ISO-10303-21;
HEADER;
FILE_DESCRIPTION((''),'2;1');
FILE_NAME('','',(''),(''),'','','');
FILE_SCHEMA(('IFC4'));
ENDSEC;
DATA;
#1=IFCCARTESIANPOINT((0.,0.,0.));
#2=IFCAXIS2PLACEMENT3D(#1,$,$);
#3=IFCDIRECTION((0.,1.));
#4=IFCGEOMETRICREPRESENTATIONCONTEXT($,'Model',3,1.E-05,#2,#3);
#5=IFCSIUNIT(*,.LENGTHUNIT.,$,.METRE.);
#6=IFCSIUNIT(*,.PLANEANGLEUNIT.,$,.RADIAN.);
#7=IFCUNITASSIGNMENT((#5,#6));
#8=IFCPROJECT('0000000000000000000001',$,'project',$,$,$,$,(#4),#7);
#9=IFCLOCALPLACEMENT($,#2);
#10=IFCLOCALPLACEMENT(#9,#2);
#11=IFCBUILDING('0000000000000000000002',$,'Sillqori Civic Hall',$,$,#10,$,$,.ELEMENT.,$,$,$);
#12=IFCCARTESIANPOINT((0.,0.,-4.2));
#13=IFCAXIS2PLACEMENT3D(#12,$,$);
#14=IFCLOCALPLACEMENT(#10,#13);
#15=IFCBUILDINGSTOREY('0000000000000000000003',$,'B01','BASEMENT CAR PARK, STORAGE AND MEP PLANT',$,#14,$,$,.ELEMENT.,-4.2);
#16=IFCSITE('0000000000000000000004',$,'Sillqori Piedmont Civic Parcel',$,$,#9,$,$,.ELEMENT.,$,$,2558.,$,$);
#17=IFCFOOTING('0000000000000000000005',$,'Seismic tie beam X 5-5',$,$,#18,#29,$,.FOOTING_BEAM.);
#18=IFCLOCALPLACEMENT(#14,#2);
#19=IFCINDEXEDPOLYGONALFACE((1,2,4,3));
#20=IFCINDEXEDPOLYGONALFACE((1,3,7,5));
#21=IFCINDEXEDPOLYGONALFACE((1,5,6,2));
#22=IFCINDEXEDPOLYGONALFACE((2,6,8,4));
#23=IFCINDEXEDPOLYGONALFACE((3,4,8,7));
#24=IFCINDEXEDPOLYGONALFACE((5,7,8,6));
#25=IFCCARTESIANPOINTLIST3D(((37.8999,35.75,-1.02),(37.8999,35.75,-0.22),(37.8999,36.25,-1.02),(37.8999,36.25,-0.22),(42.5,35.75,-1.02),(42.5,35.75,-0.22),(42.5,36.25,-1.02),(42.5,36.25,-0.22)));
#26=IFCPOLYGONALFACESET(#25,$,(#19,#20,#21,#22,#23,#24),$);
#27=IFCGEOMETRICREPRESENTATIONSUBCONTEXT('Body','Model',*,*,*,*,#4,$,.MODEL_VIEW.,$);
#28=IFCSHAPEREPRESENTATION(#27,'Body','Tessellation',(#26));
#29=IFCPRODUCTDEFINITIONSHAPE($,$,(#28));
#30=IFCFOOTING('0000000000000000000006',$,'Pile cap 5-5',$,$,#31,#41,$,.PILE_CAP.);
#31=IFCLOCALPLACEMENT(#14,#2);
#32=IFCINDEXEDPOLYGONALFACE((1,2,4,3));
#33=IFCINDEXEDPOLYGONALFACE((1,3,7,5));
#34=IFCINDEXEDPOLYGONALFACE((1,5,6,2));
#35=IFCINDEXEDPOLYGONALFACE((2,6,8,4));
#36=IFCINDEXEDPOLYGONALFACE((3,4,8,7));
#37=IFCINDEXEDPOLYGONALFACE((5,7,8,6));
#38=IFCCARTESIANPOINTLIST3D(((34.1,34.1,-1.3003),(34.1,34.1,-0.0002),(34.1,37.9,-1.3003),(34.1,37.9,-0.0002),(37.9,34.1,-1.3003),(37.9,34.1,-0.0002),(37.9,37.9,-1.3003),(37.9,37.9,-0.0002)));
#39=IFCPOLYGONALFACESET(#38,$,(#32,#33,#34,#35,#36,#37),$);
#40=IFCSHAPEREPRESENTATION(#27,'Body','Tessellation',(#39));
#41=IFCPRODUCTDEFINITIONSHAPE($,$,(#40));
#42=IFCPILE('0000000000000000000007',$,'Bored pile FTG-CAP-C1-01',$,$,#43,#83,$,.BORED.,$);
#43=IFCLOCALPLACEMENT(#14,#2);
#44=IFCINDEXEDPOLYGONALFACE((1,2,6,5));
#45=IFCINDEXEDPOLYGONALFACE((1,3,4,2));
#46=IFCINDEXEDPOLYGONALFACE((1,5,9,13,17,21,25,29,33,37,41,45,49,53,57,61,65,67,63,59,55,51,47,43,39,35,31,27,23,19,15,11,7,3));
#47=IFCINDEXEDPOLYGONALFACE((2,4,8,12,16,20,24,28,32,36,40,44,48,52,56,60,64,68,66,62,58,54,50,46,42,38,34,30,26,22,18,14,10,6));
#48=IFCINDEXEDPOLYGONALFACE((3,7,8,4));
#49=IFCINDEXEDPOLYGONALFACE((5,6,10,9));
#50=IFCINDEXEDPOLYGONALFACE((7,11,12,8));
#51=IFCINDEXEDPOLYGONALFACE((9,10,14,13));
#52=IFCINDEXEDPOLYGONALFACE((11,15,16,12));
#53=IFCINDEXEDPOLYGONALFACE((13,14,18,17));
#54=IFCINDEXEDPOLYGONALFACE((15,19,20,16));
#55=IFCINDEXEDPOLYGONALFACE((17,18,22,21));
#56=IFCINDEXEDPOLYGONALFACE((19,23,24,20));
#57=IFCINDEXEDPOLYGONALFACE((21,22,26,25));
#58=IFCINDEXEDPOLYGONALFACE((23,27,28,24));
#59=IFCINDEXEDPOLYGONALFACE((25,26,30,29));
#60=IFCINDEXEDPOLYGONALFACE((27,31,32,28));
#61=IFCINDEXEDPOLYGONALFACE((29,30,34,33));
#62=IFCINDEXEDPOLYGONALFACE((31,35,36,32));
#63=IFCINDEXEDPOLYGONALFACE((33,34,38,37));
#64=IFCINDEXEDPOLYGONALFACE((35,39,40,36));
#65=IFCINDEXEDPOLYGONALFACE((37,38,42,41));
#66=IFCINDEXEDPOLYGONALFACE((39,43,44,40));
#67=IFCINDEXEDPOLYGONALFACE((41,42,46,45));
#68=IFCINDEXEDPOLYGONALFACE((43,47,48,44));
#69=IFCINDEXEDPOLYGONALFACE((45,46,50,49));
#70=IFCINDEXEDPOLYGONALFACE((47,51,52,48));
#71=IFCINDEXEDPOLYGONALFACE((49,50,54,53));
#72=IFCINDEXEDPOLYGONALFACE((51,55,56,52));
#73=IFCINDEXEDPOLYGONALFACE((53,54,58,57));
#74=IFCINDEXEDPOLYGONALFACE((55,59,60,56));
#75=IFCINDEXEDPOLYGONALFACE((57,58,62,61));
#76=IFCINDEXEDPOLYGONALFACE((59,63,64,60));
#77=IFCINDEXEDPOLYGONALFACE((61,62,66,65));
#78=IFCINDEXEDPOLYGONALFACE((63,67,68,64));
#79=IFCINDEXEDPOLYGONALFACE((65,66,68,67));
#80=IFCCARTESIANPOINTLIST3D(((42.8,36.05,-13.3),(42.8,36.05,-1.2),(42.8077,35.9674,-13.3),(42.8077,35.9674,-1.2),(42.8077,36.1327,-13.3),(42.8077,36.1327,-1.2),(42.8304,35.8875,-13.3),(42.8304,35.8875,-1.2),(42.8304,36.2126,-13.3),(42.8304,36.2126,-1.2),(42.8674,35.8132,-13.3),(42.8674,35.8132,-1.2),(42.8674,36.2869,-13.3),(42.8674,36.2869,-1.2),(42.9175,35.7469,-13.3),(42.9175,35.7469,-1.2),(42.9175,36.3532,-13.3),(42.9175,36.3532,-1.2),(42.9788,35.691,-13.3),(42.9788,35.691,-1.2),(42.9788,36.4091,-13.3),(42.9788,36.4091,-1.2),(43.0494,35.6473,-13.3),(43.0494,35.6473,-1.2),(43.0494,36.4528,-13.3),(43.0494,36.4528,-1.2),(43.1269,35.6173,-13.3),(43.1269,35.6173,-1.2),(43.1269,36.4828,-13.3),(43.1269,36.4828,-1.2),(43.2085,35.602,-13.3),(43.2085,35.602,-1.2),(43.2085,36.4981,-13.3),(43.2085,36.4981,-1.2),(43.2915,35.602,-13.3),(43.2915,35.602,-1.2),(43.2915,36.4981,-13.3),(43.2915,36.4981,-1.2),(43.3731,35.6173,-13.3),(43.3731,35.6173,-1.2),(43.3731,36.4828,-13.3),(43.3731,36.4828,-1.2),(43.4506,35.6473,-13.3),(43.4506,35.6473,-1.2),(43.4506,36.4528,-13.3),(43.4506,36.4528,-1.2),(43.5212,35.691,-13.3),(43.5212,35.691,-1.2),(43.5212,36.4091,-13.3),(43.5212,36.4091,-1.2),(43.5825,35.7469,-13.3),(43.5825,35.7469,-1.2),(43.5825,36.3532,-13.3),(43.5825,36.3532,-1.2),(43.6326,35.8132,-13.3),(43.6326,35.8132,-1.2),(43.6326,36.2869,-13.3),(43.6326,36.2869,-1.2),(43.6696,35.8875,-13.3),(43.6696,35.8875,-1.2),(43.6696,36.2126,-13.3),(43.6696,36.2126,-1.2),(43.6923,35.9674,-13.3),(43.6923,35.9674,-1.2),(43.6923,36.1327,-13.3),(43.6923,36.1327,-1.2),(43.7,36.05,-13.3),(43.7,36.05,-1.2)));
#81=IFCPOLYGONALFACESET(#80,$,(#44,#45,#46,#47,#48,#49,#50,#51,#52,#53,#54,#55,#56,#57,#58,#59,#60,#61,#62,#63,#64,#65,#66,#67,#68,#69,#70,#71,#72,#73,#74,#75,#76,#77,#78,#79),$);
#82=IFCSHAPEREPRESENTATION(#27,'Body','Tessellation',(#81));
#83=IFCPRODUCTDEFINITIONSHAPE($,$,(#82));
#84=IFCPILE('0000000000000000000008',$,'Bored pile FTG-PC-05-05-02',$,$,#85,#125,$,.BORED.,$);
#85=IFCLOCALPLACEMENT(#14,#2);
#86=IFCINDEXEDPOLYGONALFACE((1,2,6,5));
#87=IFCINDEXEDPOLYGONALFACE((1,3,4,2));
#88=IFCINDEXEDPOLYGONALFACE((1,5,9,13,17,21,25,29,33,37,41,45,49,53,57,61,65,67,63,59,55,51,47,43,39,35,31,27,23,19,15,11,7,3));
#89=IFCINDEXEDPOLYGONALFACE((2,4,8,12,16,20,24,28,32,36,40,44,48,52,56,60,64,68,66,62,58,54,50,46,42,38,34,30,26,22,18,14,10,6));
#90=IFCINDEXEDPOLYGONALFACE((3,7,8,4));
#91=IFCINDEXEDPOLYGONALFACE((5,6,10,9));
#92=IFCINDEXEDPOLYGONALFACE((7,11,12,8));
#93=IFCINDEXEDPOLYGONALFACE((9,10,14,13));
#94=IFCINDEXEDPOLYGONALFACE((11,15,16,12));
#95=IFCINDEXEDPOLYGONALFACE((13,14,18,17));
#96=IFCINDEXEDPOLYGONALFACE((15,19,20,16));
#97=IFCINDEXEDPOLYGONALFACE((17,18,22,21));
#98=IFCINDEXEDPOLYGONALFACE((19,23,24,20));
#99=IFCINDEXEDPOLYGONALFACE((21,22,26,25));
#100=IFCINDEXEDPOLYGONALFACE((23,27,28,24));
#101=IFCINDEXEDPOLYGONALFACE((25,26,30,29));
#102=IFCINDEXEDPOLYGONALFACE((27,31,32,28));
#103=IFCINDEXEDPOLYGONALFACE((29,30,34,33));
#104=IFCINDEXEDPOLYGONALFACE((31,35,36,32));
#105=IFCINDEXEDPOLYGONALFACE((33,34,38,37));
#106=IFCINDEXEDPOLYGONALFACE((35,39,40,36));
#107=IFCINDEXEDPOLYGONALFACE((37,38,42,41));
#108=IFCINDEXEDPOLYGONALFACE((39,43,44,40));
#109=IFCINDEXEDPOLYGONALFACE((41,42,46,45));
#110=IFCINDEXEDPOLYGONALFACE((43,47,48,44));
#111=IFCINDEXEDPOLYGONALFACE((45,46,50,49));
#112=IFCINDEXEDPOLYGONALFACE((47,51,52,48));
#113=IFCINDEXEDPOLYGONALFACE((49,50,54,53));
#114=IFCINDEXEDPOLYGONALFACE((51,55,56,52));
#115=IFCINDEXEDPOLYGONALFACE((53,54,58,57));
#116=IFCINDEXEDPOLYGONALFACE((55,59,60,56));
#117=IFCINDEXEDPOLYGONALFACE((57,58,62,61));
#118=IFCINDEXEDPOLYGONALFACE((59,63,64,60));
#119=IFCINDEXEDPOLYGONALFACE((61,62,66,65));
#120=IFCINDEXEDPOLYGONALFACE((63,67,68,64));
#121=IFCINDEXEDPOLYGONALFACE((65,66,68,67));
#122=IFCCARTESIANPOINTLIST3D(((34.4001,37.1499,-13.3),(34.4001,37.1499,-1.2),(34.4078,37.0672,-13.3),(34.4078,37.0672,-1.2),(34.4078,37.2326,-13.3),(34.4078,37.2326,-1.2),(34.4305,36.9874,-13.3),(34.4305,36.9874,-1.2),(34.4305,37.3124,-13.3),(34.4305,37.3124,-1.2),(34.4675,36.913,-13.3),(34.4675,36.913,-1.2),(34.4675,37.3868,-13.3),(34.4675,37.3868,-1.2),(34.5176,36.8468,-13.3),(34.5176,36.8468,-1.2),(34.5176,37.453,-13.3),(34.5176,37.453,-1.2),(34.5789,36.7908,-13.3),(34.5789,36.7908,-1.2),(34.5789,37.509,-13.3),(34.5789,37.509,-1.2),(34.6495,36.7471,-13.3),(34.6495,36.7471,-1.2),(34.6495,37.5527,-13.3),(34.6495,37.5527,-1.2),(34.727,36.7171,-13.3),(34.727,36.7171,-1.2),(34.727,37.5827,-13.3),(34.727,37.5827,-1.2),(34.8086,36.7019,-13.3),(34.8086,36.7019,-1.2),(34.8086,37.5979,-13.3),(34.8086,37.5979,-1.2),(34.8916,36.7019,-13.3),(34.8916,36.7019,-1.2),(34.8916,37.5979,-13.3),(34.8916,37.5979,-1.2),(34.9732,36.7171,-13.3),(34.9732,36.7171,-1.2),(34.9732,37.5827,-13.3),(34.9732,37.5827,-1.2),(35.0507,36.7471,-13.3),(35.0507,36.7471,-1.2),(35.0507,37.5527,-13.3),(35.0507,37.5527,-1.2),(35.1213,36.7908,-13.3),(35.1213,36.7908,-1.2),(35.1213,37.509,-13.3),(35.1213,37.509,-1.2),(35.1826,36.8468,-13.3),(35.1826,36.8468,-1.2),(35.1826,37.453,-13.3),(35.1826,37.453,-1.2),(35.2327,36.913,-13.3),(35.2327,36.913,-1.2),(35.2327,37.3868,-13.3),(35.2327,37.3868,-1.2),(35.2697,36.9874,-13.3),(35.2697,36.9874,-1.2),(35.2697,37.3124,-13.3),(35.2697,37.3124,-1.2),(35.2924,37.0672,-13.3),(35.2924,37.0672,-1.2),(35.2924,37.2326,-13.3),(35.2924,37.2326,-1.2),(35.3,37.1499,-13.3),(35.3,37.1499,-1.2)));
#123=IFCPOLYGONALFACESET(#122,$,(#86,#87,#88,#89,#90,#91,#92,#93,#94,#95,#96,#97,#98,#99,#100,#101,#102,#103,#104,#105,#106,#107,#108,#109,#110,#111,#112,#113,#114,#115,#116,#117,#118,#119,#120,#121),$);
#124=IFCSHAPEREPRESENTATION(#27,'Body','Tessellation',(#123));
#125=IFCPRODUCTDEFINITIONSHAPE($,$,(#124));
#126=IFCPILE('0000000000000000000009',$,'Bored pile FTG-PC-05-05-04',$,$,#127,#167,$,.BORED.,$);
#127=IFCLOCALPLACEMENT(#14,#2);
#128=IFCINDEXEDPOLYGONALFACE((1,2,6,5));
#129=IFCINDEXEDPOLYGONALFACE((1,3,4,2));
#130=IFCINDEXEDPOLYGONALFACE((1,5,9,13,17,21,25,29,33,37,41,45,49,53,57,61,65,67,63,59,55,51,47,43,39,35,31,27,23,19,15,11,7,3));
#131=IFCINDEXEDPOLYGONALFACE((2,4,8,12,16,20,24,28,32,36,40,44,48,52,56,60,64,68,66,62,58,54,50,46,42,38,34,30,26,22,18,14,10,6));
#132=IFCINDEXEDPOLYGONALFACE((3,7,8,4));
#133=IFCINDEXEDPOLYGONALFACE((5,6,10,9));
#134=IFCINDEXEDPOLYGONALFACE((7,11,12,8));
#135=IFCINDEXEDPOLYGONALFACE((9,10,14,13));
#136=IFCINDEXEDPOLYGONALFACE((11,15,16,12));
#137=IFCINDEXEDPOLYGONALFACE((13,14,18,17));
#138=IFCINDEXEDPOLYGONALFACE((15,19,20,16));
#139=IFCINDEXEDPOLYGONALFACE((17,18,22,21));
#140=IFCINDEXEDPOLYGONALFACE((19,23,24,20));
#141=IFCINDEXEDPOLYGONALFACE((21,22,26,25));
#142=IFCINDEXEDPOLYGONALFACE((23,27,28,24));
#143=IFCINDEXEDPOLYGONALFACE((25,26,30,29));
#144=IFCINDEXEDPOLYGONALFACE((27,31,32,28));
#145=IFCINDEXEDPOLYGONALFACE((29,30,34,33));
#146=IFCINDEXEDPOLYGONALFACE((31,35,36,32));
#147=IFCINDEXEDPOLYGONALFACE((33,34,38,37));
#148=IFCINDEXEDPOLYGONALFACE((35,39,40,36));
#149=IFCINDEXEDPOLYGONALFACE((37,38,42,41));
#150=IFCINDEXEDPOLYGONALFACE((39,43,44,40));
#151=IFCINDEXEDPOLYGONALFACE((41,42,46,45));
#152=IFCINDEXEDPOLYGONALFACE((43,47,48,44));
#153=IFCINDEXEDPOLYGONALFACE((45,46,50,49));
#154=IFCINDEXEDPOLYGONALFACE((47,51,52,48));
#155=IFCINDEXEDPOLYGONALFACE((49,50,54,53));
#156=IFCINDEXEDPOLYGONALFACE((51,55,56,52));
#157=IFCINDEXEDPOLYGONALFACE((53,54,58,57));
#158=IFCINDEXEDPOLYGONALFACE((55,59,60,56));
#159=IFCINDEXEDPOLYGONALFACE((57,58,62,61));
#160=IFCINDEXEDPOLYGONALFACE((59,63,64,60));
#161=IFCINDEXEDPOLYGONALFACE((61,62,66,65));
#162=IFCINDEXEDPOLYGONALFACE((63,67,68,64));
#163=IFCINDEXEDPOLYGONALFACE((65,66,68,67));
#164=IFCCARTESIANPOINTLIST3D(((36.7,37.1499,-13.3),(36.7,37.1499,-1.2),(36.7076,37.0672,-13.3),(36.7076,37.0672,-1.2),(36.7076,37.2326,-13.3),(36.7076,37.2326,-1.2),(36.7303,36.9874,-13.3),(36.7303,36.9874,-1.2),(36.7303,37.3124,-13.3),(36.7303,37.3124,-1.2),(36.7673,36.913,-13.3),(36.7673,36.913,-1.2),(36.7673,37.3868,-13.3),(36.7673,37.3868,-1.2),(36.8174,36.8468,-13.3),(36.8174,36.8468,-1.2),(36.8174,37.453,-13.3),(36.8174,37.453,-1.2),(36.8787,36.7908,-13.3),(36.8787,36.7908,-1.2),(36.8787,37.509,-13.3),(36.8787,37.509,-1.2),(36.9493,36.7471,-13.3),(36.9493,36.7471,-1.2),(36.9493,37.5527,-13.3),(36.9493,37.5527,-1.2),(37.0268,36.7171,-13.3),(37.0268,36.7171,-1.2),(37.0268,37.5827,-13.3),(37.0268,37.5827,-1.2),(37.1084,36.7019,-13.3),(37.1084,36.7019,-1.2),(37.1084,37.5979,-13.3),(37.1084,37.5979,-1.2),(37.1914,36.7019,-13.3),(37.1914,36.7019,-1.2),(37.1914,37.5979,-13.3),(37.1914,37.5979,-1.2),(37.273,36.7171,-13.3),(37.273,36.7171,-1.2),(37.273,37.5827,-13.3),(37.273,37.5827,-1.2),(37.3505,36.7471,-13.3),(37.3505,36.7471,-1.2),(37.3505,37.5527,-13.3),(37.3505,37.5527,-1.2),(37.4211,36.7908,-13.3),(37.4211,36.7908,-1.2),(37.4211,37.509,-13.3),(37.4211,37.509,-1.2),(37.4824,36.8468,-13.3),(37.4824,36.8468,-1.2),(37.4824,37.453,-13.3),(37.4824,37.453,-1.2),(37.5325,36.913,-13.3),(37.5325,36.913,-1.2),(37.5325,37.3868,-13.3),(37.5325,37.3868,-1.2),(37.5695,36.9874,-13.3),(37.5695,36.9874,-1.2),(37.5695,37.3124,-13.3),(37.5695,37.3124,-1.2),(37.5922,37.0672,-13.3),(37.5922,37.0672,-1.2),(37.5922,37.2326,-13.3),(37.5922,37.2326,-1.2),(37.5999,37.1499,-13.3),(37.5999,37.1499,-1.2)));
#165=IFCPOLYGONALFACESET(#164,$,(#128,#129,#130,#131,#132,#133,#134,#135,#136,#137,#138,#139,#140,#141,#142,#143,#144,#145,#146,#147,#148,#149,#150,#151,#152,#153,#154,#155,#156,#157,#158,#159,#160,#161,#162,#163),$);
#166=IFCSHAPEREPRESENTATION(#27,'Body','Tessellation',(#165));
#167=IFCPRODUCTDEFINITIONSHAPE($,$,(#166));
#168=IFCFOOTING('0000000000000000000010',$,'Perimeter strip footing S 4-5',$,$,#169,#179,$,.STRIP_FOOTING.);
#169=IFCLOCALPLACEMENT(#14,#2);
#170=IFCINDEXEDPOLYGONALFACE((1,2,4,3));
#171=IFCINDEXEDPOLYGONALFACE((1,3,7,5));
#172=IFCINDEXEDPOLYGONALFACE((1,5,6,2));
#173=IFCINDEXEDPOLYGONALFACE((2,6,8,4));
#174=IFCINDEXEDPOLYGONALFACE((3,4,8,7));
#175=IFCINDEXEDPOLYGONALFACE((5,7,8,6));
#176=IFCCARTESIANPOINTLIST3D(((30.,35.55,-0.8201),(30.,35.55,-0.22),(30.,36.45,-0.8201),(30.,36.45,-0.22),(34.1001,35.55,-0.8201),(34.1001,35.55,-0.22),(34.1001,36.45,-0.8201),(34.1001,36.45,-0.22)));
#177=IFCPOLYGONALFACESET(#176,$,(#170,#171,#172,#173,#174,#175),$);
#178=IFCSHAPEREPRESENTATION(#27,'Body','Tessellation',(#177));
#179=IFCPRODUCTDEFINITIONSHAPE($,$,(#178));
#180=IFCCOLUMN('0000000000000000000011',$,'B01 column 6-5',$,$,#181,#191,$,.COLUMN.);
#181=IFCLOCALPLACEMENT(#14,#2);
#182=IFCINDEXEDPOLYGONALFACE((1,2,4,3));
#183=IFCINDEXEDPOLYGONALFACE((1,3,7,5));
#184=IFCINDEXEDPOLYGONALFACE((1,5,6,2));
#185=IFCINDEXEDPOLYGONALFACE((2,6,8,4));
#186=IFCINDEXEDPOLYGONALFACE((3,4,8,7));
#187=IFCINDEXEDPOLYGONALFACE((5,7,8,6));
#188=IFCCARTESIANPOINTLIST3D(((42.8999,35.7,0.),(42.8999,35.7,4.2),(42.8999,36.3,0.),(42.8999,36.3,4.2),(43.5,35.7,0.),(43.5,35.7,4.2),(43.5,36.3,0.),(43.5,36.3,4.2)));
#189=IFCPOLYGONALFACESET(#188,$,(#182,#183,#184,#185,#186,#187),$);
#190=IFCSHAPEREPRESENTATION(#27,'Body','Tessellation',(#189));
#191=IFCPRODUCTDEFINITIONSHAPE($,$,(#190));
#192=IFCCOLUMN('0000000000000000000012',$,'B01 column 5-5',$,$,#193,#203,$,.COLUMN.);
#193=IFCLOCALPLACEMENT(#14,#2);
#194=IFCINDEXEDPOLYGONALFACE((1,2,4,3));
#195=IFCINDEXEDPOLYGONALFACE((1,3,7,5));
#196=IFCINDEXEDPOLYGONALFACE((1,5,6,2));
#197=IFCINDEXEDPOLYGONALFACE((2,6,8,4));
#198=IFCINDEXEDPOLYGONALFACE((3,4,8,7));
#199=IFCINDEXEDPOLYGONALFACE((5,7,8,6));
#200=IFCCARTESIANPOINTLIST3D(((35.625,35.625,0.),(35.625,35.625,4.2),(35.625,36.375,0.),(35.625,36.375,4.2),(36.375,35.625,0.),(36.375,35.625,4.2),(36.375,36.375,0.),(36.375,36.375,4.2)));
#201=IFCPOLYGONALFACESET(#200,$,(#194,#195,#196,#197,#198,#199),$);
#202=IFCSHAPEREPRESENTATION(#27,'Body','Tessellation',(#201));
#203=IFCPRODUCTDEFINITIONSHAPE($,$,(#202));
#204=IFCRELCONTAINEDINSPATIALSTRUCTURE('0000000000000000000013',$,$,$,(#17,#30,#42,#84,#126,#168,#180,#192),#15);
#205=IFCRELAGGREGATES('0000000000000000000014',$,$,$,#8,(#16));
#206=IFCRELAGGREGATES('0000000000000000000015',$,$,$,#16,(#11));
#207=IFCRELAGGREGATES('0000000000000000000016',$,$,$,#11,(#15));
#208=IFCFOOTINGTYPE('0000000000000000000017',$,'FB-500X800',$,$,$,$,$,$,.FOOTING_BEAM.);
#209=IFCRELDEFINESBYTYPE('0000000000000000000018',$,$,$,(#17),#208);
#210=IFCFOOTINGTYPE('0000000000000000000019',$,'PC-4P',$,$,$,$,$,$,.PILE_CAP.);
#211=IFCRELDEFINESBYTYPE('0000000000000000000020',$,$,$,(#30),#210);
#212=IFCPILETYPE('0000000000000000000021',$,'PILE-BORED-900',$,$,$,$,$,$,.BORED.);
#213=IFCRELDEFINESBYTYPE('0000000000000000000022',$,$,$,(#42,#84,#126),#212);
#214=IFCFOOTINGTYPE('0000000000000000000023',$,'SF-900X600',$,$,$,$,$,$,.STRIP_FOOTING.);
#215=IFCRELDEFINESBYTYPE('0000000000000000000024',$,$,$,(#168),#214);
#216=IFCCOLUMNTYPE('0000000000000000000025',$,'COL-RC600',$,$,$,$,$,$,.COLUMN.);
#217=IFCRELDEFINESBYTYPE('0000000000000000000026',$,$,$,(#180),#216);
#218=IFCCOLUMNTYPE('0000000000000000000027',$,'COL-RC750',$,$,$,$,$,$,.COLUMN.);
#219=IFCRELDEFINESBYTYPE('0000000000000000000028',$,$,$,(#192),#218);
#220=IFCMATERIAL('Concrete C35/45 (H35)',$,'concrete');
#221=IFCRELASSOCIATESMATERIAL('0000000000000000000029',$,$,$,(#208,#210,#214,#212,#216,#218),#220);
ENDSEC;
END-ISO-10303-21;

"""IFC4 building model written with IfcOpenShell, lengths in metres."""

from ifc_helpers import new_model, si_unit, direction, frame, origin, origin_2d, place, context, subcontext, project, spatial, rectangle, circle, extrude, material, material_profile, profile_set, type_object, element, save


model = new_model("IFC4")

# Units and contexts
model_context = context("Model", 3, precision=1e-05, world=origin(), true_north=direction((0.0, 1.0)))
body_context = subcontext(model_context, "Body", "Model", "MODEL_VIEW")
ifc_project = project(units=[si_unit("LENGTHUNIT", "METRE"), si_unit("PLANEANGLEUNIT", "RADIAN")], contexts=[model_context])

# Site, building, storey
site_placement = place(None, origin())
site = spatial("IfcSite", under=ifc_project, at=site_placement, Name="Sillqori Piedmont Civic Parcel", CompositionType="ELEMENT", RefElevation=2558.0)
building_placement = place(site_placement, origin())
building = spatial("IfcBuilding", under=site, at=building_placement, Name="Sillqori Civic Hall", CompositionType="ELEMENT")
storey_placement = place(building_placement, frame((0.0, 0.0, -4.2)))
storey = spatial("IfcBuildingStorey", under=building, at=storey_placement, Name="B01", Description="BASEMENT CAR PARK, STORAGE AND MEP PLANT", CompositionType="ELEMENT", Elevation=-4.2)

# Footings
ifc_material_1 = material(Name="Concrete C35/45 (H35)", Category="concrete")
footing_type_1 = type_object("IfcFootingType", Name="FB-500X800", PredefinedType="FOOTING_BEAM", material=ifc_material_1)
footing_1_placement = place(storey_placement, frame((40.2, 36.0, -1.02), z_axis=(0.0, 0.0, 1.0), x_axis=(1.0, 0.0, 0.0)))
element("IfcFooting", 1, at=footing_1_placement, inside=storey, type_object=footing_type_1, Name="Seismic tie beam X 5-5", PredefinedType="FOOTING_BEAM", context=body_context, shape_type="SweptSolid", body=[
    extrude(rectangle(XDim=4.6001, YDim=0.5, at=origin_2d()), origin(), (0.0, 0.0, 1.0), 0.8),
])
footing_type_2 = type_object("IfcFootingType", Name="PC-4P", PredefinedType="PILE_CAP", material=ifc_material_1)
footing_2_placement = place(storey_placement, frame((36.0, 36.0, -1.3003), z_axis=(0.0, 0.0, 1.0), x_axis=(1.0, 0.0, 0.0)))
element("IfcFooting", 2, at=footing_2_placement, inside=storey, type_object=footing_type_2, Name="Pile cap 5-5", PredefinedType="PILE_CAP", context=body_context, shape_type="SweptSolid", body=[
    extrude(rectangle(XDim=3.8, YDim=3.8, at=origin_2d()), origin(), (0.0, 0.0, 1.0), 1.3),
])

# Piles
ifc_material_profile_1 = material_profile(ifc_material_1, circle(Radius=0.45, at=origin_2d()), Name="BORED PILE 900")
ifc_profile_set_1 = profile_set([ifc_material_profile_1], Name="Concrete C35/45 (H35)")
pile_type = type_object("IfcPileType", Name="PILE-BORED-900", PredefinedType="BORED", material=ifc_profile_set_1)
for number, where, z_axis, x_axis, name in (
    (3, (43.25, 36.05, -1.2), (0.0, 0.0, -1.0), (1.0, 0.0, 0.0), "Bored pile FTG-CAP-C1-01"),
    (4, (34.8501, 37.1499, -1.2), (0.0, 0.0, -1.0), (1.0, 0.0, 0.0), "Bored pile FTG-PC-05-05-02"),
    (5, (37.1499, 37.1499, -1.2), (0.0, 0.0, -1.0), (1.0, 0.0, 0.0), "Bored pile FTG-PC-05-05-04"),
):
    element("IfcPile", number, at=place(storey_placement, frame(where, z_axis=z_axis, x_axis=x_axis)), inside=storey, type_object=pile_type, Name=name, PredefinedType="BORED", context=body_context, shape_type="SweptSolid", body=[
        extrude(circle(Radius=0.45, at=origin_2d()), origin(), (0.0, 0.0, 1.0), 12.1001),
    ])

# Footing
footing_type_3 = type_object("IfcFootingType", Name="SF-900X600", PredefinedType="STRIP_FOOTING", material=ifc_material_1)
footing_3_placement = place(storey_placement, frame((32.05, 36.0, -0.8201), z_axis=(0.0, 0.0, 1.0), x_axis=(1.0, 0.0, 0.0)))
element("IfcFooting", 6, at=footing_3_placement, inside=storey, type_object=footing_type_3, Name="Perimeter strip footing S 4-5", PredefinedType="STRIP_FOOTING", context=body_context, shape_type="SweptSolid", body=[
    extrude(rectangle(XDim=4.1001, YDim=0.8999, at=origin_2d()), origin(), (0.0, 0.0, 1.0), 0.6001),
])

# Columns
ifc_material_profile_2 = material_profile(ifc_material_1, rectangle(XDim=0.6001, YDim=0.6001, at=origin_2d()), Name="RC 600x600")
ifc_profile_set_2 = profile_set([ifc_material_profile_2], Name="Concrete C35/45 (H35)")
column_type_1 = type_object("IfcColumnType", Name="COL-RC600", PredefinedType="COLUMN", material=ifc_profile_set_2)
column_1_placement = place(storey_placement, frame((43.2, 36.0, 0.0), z_axis=(0.0, 0.0, 1.0), x_axis=(1.0, 0.0, 0.0)))
element("IfcColumn", 7, at=column_1_placement, inside=storey, type_object=column_type_1, Name="B01 column 6-5", PredefinedType="COLUMN", context=body_context, shape_type="SweptSolid", body=[
    extrude(rectangle(XDim=0.6001, YDim=0.6001, at=origin_2d()), origin(), (0.0, 0.0, 1.0), 4.2),
])
ifc_material_profile_3 = material_profile(ifc_material_1, rectangle(XDim=0.75, YDim=0.75, at=origin_2d()), Name="RC 750x750")
ifc_profile_set_3 = profile_set([ifc_material_profile_3], Name="Concrete C35/45 (H35)")
column_type_2 = type_object("IfcColumnType", Name="COL-RC750", PredefinedType="COLUMN", material=ifc_profile_set_3)
column_2_placement = place(storey_placement, frame((36.0, 36.0, 0.0), z_axis=(0.0, 0.0, 1.0), x_axis=(1.0, 0.0, 0.0)))
element("IfcColumn", 8, at=column_2_placement, inside=storey, type_object=column_type_2, Name="B01 column 5-5", PredefinedType="COLUMN", context=body_context, shape_type="SweptSolid", body=[
    extrude(rectangle(XDim=0.75, YDim=0.75, at=origin_2d()), origin(), (0.0, 0.0, 1.0), 4.2),
])

save(model, "model.ifc")
